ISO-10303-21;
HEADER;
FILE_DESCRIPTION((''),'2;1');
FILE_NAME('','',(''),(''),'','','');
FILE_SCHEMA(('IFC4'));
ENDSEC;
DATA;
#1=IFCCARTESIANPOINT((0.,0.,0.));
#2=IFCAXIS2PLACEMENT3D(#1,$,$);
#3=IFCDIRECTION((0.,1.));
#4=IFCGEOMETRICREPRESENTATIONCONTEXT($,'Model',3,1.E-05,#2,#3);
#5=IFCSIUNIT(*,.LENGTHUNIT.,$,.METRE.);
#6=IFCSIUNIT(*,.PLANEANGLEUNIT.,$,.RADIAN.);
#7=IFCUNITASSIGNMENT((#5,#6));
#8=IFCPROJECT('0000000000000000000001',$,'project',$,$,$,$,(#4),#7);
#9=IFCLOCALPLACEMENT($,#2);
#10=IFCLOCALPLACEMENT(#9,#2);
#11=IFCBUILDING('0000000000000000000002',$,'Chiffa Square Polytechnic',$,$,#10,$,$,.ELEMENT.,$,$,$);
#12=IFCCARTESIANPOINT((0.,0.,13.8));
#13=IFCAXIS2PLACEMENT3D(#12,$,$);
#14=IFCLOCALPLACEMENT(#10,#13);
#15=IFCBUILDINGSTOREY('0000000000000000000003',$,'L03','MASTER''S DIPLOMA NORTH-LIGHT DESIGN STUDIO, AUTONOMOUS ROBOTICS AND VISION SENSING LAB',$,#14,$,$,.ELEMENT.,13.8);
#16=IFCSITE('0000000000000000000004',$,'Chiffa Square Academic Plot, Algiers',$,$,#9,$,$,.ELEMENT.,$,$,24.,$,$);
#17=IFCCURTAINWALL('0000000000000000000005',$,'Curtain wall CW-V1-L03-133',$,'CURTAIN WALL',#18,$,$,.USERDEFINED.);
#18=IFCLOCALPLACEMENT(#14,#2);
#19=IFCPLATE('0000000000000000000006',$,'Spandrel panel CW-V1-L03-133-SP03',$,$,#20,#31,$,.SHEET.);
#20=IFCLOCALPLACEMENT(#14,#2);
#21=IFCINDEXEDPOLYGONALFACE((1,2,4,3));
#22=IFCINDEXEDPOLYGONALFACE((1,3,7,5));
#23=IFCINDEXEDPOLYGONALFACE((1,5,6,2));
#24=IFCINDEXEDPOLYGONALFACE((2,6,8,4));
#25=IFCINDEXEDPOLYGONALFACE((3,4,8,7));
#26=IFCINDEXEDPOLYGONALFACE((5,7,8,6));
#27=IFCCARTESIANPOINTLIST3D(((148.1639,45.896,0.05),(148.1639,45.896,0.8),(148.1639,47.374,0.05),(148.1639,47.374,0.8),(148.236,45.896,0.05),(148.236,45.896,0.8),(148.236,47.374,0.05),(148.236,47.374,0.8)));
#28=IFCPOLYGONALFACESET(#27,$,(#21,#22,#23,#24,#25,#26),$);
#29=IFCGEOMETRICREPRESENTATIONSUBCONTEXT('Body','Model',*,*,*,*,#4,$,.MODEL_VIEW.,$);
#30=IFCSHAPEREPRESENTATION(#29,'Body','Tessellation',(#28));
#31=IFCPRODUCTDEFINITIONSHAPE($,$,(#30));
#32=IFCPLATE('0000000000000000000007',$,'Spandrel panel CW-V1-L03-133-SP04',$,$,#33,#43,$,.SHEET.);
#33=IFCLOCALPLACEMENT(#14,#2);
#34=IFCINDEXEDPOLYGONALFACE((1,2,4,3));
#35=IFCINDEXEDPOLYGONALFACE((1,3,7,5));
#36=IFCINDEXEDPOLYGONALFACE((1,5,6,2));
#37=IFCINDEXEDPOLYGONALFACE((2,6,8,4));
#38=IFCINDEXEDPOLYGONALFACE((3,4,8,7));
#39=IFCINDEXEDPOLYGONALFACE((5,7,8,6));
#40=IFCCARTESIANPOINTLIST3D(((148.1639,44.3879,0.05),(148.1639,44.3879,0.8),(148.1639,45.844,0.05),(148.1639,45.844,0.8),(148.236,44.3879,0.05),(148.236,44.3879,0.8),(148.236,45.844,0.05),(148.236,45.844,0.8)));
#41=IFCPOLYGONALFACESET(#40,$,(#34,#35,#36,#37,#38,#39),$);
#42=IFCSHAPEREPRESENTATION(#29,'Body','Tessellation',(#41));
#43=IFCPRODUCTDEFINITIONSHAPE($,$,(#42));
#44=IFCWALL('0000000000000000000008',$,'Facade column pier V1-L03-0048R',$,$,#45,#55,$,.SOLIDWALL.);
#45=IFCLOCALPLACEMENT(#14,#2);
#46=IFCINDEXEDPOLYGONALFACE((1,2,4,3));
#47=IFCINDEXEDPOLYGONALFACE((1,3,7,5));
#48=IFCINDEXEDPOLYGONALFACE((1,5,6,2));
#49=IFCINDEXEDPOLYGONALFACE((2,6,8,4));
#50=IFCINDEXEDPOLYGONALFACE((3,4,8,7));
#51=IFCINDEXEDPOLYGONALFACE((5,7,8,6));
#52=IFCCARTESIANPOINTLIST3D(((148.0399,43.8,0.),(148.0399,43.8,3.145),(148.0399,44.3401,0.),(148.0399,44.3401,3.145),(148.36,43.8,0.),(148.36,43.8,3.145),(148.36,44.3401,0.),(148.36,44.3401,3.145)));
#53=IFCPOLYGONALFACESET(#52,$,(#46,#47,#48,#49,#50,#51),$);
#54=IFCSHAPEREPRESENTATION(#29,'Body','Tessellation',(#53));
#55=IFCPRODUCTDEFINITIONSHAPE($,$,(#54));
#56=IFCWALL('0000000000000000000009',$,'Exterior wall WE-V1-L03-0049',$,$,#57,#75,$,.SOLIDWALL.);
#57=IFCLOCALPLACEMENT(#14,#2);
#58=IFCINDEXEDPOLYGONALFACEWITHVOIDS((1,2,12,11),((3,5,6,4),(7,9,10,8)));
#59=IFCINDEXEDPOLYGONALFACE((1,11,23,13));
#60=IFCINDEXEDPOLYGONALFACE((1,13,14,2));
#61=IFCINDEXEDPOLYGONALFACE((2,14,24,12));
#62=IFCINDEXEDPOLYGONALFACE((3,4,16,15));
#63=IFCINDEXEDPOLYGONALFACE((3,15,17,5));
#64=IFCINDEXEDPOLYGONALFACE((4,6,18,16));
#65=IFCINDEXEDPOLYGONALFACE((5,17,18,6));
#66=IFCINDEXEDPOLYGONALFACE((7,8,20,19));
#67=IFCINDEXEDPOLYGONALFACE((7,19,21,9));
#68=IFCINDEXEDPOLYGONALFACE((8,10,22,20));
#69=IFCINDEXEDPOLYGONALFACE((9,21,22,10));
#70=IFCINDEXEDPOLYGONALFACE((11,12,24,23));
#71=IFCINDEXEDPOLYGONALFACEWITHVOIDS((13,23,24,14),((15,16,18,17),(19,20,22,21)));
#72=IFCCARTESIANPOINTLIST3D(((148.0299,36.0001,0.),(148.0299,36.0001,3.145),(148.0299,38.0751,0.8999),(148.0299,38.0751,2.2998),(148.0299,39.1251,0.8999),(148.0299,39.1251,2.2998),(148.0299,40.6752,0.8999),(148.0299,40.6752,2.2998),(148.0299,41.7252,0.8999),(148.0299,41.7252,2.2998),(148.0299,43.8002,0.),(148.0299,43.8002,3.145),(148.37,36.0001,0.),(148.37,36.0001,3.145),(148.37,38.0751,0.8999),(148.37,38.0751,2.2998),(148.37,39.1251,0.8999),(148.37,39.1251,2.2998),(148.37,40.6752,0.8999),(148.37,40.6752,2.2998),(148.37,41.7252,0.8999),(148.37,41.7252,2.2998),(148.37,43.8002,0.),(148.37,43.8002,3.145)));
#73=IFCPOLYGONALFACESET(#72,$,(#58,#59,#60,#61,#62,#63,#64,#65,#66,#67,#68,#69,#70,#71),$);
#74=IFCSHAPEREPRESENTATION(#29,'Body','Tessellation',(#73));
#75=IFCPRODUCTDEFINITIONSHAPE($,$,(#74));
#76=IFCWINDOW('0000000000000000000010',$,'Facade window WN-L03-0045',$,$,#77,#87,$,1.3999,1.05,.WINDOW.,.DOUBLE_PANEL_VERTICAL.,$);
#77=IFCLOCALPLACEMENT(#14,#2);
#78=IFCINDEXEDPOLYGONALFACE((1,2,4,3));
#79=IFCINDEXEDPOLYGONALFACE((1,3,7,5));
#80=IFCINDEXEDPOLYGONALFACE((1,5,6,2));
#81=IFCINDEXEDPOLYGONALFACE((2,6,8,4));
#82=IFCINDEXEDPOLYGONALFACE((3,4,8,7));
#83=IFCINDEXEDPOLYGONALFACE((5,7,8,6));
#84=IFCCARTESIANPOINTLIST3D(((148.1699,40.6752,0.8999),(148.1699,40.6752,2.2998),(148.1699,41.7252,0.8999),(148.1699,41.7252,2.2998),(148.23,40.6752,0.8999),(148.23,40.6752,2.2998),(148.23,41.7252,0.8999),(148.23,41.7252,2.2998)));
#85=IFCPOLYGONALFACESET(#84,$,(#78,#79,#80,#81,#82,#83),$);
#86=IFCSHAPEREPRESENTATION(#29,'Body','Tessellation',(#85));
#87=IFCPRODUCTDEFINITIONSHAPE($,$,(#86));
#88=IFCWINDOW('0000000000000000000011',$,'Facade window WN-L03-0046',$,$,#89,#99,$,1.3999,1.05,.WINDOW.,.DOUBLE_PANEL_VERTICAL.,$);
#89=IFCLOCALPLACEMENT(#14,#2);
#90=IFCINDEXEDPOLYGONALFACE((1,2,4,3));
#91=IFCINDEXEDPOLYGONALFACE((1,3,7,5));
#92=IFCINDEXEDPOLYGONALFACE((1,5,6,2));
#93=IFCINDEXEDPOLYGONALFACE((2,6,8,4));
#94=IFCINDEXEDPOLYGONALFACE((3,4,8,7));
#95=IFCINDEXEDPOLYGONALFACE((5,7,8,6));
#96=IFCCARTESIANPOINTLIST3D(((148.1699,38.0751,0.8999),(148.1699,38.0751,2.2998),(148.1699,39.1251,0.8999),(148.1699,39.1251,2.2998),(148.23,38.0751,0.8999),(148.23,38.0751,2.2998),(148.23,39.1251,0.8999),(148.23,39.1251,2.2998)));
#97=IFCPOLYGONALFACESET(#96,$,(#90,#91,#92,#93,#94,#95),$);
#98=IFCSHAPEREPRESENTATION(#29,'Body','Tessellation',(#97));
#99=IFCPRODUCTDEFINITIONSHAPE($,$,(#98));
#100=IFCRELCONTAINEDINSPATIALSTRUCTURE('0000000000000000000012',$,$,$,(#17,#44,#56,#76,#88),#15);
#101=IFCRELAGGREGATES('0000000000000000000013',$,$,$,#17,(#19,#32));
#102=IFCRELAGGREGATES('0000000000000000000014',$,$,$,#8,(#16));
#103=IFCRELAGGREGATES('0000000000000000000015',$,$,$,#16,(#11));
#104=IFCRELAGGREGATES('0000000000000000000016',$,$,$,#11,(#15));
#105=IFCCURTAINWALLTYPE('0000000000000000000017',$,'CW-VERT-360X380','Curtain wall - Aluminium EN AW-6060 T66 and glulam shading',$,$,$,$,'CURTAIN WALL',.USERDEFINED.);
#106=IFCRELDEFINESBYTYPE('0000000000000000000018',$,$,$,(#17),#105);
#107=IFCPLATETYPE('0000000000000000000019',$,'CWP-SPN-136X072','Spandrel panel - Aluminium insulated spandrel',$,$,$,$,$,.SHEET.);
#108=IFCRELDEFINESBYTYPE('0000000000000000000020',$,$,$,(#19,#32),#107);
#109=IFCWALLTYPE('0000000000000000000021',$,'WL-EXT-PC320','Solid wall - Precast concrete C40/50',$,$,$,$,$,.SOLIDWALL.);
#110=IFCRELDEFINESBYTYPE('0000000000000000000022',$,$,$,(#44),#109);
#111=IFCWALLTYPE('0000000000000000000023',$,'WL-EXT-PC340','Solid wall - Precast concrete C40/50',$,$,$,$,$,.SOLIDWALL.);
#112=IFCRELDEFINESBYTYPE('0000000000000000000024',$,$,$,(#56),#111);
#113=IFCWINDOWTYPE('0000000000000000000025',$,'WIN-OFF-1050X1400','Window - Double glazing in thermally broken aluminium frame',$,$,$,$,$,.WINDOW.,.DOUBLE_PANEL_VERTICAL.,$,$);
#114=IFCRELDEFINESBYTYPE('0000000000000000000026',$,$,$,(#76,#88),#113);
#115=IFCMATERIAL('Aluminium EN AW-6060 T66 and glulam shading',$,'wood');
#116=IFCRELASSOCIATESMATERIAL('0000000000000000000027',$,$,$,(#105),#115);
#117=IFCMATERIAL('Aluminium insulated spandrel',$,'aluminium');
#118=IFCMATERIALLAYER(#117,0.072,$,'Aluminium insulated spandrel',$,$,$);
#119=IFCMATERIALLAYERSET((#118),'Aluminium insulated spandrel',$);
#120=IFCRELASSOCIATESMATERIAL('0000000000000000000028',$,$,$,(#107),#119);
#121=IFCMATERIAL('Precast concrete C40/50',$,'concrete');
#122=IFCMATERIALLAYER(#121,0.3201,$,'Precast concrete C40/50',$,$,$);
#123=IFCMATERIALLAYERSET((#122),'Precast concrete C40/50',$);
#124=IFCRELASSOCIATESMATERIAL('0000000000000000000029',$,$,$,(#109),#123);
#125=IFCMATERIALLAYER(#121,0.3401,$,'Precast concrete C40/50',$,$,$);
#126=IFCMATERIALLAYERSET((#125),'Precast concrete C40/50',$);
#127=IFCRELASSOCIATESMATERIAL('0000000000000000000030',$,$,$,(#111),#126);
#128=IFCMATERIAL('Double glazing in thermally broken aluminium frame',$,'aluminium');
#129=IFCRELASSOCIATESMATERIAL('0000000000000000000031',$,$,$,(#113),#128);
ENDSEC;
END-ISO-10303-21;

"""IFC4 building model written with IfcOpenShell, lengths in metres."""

from ifc_helpers import new_model, si_unit, direction, frame, frame_2d, origin, origin_2d, place, context, subcontext, project, spatial, rectangle, extrude, material, layer, layer_set, type_object, element, fill, aggregate, save


model = new_model("IFC4")

# Units and contexts
model_context = context("Model", 3, precision=1e-05, world=origin(), true_north=direction((0.0, 1.0)))
body_context = subcontext(model_context, "Body", "Model", "MODEL_VIEW")
ifc_project = project(units=[si_unit("LENGTHUNIT", "METRE"), si_unit("PLANEANGLEUNIT", "RADIAN")], contexts=[model_context])

# Site, building, storey
site_placement = place(None, origin())
site = spatial("IfcSite", under=ifc_project, at=site_placement, Name="Chiffa Square Academic Plot, Algiers", CompositionType="ELEMENT", RefElevation=24.0)
building_placement = place(site_placement, origin())
building = spatial("IfcBuilding", under=site, at=building_placement, Name="Chiffa Square Polytechnic", CompositionType="ELEMENT")
storey_placement = place(building_placement, frame((0.0, 0.0, 13.8)))
storey = spatial("IfcBuildingStorey", under=building, at=storey_placement, Name="L03", Description="MASTER'S DIPLOMA NORTH-LIGHT DESIGN STUDIO, AUTONOMOUS ROBOTICS AND VISION SENSING LAB", CompositionType="ELEMENT", Elevation=13.8)

# Curtain wall, plates
ifc_material_1 = material(Name="Aluminium EN AW-6060 T66 and glulam shading", Category="wood")
curtain_wall_type = type_object("IfcCurtainWallType", Name="CW-VERT-360X380", Description="Curtain wall - Aluminium EN AW-6060 T66 and glulam shading", ElementType="CURTAIN WALL", PredefinedType="USERDEFINED", material=ifc_material_1)
curtain_wall_placement = place(storey_placement, origin())
curtain_wall = element("IfcCurtainWall", 1, at=curtain_wall_placement, inside=storey, type_object=curtain_wall_type, Name="Curtain wall CW-V1-L03-133", ObjectType="CURTAIN WALL", PredefinedType="USERDEFINED")
ifc_material_2 = material(Name="Aluminium insulated spandrel", Category="aluminium")
ifc_layer_1 = layer(ifc_material_2, 0.072, Name="Aluminium insulated spandrel")
ifc_layer_set_1 = layer_set([ifc_layer_1], Name="Aluminium insulated spandrel")
plate_type_1 = type_object("IfcPlateType", Name="CWP-SPN-136X072", Description="Spandrel panel - Aluminium insulated spandrel", PredefinedType="SHEET", material=ifc_layer_set_1)
plate_1_placement = place(storey_placement, frame((148.2, 46.635, 0.05), z_axis=(0.0, 0.0, 1.0), x_axis=(0.0, -1.0, 0.0)))
plate_1 = element("IfcPlate", 2, at=plate_1_placement, type_object=plate_type_1, Name="Spandrel panel CW-V1-L03-133-SP03", PredefinedType="SHEET", context=body_context, shape_type="SweptSolid", body=[
    extrude(rectangle(XDim=1.478, YDim=0.072, at=origin_2d()), origin(), (0.0, 0.0, 1.0), 0.75),
])
plate_2_placement = place(storey_placement, frame((148.2, 45.116, 0.05), z_axis=(0.0, 0.0, 1.0), x_axis=(0.0, -1.0, 0.0)))
plate_2 = element("IfcPlate", 3, at=plate_2_placement, type_object=plate_type_1, Name="Spandrel panel CW-V1-L03-133-SP04", PredefinedType="SHEET", context=body_context, shape_type="SweptSolid", body=[
    extrude(rectangle(XDim=1.4561, YDim=0.072, at=origin_2d()), origin(), (0.0, 0.0, 1.0), 0.75),
])
aggregate(curtain_wall, [plate_1, plate_2])

# Wall
ifc_material_3 = material(Name="Precast concrete C40/50", Category="concrete")
ifc_layer_2 = layer(ifc_material_3, 0.3201, Name="Precast concrete C40/50")
ifc_layer_set_2 = layer_set([ifc_layer_2], Name="Precast concrete C40/50")
wall_type_1 = type_object("IfcWallType", Name="WL-EXT-PC320", Description="Solid wall - Precast concrete C40/50", PredefinedType="SOLIDWALL", material=ifc_layer_set_2)
wall_1_placement = place(storey_placement, frame((148.2, 44.3401, 0.0), z_axis=(0.0, 0.0, 1.0), x_axis=(0.0, -1.0, 0.0)))
element("IfcWall", 4, at=wall_1_placement, inside=storey, type_object=wall_type_1, Name="Facade column pier V1-L03-0048R", PredefinedType="SOLIDWALL", context=body_context, shape_type="SweptSolid", body=[
    extrude(rectangle(XDim=0.54, YDim=0.3201, at=frame_2d((0.27, 0.0))), origin(), (0.0, 0.0, 1.0), 3.145),
])

# Wall, openings, windows
ifc_layer_3 = layer(ifc_material_3, 0.3401, Name="Precast concrete C40/50")
ifc_layer_set_3 = layer_set([ifc_layer_3], Name="Precast concrete C40/50")
wall_type_2 = type_object("IfcWallType", Name="WL-EXT-PC340", Description="Solid wall - Precast concrete C40/50", PredefinedType="SOLIDWALL", material=ifc_layer_set_3)
wall_2_placement = place(storey_placement, frame((148.2, 43.8, 0.0), z_axis=(0.0, 0.0, 1.0), x_axis=(0.0, -1.0, 0.0)))
wall_2 = element("IfcWall", 5, at=wall_2_placement, inside=storey, type_object=wall_type_2, Name="Exterior wall WE-V1-L03-0049", PredefinedType="SOLIDWALL", context=body_context, shape_type="SweptSolid", body=[
    extrude(rectangle(XDim=7.8, YDim=0.3401, at=frame_2d((3.8999, 0.0))), origin(), (0.0, 0.0, 1.0), 3.145),
])
opening_1_placement = place(wall_2_placement, frame((2.075, 0.0, 0.8999)))
opening_1 = element("IfcOpeningElement", 6, at=opening_1_placement, cuts=wall_2, PredefinedType="OPENING", context=body_context, shape_type="SweptSolid", body=[
    extrude(rectangle(XDim=1.05, YDim=1.3999, at=frame_2d((0.5249, 0.7))), frame((0.0, 0.1802, 0.0), z_axis=(0.0, -1.0, 0.0), x_axis=(1.0, 0.0, 0.0)), (0.0, 0.0, 1.0), 0.3601),
])
opening_2_placement = place(wall_2_placement, frame((4.675, 0.0, 0.8999)))
opening_2 = element("IfcOpeningElement", 7, at=opening_2_placement, cuts=wall_2, PredefinedType="OPENING", context=body_context, shape_type="SweptSolid", body=[
    extrude(rectangle(XDim=1.05, YDim=1.3999, at=frame_2d((0.5249, 0.7))), frame((0.0, 0.1802, 0.0), z_axis=(0.0, -1.0, 0.0), x_axis=(1.0, 0.0, 0.0)), (0.0, 0.0, 1.0), 0.3601),
])
ifc_material_4 = material(Name="Double glazing in thermally broken aluminium frame", Category="aluminium")
window_type = type_object("IfcWindowType", Name="WIN-OFF-1050X1400", Description="Window - Double glazing in thermally broken aluminium frame", PartitioningType="DOUBLE_PANEL_VERTICAL", PredefinedType="WINDOW", material=ifc_material_4)
window_1_placement = place(opening_1_placement, origin())
window_1 = element("IfcWindow", 8, at=window_1_placement, inside=storey, type_object=window_type, Name="Facade window WN-L03-0045", OverallHeight=1.3999, OverallWidth=1.05, PartitioningType="DOUBLE_PANEL_VERTICAL", PredefinedType="WINDOW", context=body_context, shape_type="SweptSolid", body=[
    extrude(rectangle(XDim=1.05, YDim=1.3999, at=frame_2d((0.5249, 0.7))), frame((0.0, 0.03, 0.0), z_axis=(0.0, -1.0, 0.0), x_axis=(1.0, 0.0, 0.0)), (0.0, 0.0, 1.0), 0.0601),
])
fill(opening_1, window_1)
window_2_placement = place(opening_2_placement, origin())
window_2 = element("IfcWindow", 9, at=window_2_placement, inside=storey, type_object=window_type, Name="Facade window WN-L03-0046", OverallHeight=1.3999, OverallWidth=1.05, PartitioningType="DOUBLE_PANEL_VERTICAL", PredefinedType="WINDOW", context=body_context, shape_type="SweptSolid", body=[
    extrude(rectangle(XDim=1.05, YDim=1.3999, at=frame_2d((0.5249, 0.7))), frame((0.0, 0.03, 0.0), z_axis=(0.0, -1.0, 0.0), x_axis=(1.0, 0.0, 0.0)), (0.0, 0.0, 1.0), 0.0601),
])
fill(opening_2, window_2)

save(model, "model.ifc")
